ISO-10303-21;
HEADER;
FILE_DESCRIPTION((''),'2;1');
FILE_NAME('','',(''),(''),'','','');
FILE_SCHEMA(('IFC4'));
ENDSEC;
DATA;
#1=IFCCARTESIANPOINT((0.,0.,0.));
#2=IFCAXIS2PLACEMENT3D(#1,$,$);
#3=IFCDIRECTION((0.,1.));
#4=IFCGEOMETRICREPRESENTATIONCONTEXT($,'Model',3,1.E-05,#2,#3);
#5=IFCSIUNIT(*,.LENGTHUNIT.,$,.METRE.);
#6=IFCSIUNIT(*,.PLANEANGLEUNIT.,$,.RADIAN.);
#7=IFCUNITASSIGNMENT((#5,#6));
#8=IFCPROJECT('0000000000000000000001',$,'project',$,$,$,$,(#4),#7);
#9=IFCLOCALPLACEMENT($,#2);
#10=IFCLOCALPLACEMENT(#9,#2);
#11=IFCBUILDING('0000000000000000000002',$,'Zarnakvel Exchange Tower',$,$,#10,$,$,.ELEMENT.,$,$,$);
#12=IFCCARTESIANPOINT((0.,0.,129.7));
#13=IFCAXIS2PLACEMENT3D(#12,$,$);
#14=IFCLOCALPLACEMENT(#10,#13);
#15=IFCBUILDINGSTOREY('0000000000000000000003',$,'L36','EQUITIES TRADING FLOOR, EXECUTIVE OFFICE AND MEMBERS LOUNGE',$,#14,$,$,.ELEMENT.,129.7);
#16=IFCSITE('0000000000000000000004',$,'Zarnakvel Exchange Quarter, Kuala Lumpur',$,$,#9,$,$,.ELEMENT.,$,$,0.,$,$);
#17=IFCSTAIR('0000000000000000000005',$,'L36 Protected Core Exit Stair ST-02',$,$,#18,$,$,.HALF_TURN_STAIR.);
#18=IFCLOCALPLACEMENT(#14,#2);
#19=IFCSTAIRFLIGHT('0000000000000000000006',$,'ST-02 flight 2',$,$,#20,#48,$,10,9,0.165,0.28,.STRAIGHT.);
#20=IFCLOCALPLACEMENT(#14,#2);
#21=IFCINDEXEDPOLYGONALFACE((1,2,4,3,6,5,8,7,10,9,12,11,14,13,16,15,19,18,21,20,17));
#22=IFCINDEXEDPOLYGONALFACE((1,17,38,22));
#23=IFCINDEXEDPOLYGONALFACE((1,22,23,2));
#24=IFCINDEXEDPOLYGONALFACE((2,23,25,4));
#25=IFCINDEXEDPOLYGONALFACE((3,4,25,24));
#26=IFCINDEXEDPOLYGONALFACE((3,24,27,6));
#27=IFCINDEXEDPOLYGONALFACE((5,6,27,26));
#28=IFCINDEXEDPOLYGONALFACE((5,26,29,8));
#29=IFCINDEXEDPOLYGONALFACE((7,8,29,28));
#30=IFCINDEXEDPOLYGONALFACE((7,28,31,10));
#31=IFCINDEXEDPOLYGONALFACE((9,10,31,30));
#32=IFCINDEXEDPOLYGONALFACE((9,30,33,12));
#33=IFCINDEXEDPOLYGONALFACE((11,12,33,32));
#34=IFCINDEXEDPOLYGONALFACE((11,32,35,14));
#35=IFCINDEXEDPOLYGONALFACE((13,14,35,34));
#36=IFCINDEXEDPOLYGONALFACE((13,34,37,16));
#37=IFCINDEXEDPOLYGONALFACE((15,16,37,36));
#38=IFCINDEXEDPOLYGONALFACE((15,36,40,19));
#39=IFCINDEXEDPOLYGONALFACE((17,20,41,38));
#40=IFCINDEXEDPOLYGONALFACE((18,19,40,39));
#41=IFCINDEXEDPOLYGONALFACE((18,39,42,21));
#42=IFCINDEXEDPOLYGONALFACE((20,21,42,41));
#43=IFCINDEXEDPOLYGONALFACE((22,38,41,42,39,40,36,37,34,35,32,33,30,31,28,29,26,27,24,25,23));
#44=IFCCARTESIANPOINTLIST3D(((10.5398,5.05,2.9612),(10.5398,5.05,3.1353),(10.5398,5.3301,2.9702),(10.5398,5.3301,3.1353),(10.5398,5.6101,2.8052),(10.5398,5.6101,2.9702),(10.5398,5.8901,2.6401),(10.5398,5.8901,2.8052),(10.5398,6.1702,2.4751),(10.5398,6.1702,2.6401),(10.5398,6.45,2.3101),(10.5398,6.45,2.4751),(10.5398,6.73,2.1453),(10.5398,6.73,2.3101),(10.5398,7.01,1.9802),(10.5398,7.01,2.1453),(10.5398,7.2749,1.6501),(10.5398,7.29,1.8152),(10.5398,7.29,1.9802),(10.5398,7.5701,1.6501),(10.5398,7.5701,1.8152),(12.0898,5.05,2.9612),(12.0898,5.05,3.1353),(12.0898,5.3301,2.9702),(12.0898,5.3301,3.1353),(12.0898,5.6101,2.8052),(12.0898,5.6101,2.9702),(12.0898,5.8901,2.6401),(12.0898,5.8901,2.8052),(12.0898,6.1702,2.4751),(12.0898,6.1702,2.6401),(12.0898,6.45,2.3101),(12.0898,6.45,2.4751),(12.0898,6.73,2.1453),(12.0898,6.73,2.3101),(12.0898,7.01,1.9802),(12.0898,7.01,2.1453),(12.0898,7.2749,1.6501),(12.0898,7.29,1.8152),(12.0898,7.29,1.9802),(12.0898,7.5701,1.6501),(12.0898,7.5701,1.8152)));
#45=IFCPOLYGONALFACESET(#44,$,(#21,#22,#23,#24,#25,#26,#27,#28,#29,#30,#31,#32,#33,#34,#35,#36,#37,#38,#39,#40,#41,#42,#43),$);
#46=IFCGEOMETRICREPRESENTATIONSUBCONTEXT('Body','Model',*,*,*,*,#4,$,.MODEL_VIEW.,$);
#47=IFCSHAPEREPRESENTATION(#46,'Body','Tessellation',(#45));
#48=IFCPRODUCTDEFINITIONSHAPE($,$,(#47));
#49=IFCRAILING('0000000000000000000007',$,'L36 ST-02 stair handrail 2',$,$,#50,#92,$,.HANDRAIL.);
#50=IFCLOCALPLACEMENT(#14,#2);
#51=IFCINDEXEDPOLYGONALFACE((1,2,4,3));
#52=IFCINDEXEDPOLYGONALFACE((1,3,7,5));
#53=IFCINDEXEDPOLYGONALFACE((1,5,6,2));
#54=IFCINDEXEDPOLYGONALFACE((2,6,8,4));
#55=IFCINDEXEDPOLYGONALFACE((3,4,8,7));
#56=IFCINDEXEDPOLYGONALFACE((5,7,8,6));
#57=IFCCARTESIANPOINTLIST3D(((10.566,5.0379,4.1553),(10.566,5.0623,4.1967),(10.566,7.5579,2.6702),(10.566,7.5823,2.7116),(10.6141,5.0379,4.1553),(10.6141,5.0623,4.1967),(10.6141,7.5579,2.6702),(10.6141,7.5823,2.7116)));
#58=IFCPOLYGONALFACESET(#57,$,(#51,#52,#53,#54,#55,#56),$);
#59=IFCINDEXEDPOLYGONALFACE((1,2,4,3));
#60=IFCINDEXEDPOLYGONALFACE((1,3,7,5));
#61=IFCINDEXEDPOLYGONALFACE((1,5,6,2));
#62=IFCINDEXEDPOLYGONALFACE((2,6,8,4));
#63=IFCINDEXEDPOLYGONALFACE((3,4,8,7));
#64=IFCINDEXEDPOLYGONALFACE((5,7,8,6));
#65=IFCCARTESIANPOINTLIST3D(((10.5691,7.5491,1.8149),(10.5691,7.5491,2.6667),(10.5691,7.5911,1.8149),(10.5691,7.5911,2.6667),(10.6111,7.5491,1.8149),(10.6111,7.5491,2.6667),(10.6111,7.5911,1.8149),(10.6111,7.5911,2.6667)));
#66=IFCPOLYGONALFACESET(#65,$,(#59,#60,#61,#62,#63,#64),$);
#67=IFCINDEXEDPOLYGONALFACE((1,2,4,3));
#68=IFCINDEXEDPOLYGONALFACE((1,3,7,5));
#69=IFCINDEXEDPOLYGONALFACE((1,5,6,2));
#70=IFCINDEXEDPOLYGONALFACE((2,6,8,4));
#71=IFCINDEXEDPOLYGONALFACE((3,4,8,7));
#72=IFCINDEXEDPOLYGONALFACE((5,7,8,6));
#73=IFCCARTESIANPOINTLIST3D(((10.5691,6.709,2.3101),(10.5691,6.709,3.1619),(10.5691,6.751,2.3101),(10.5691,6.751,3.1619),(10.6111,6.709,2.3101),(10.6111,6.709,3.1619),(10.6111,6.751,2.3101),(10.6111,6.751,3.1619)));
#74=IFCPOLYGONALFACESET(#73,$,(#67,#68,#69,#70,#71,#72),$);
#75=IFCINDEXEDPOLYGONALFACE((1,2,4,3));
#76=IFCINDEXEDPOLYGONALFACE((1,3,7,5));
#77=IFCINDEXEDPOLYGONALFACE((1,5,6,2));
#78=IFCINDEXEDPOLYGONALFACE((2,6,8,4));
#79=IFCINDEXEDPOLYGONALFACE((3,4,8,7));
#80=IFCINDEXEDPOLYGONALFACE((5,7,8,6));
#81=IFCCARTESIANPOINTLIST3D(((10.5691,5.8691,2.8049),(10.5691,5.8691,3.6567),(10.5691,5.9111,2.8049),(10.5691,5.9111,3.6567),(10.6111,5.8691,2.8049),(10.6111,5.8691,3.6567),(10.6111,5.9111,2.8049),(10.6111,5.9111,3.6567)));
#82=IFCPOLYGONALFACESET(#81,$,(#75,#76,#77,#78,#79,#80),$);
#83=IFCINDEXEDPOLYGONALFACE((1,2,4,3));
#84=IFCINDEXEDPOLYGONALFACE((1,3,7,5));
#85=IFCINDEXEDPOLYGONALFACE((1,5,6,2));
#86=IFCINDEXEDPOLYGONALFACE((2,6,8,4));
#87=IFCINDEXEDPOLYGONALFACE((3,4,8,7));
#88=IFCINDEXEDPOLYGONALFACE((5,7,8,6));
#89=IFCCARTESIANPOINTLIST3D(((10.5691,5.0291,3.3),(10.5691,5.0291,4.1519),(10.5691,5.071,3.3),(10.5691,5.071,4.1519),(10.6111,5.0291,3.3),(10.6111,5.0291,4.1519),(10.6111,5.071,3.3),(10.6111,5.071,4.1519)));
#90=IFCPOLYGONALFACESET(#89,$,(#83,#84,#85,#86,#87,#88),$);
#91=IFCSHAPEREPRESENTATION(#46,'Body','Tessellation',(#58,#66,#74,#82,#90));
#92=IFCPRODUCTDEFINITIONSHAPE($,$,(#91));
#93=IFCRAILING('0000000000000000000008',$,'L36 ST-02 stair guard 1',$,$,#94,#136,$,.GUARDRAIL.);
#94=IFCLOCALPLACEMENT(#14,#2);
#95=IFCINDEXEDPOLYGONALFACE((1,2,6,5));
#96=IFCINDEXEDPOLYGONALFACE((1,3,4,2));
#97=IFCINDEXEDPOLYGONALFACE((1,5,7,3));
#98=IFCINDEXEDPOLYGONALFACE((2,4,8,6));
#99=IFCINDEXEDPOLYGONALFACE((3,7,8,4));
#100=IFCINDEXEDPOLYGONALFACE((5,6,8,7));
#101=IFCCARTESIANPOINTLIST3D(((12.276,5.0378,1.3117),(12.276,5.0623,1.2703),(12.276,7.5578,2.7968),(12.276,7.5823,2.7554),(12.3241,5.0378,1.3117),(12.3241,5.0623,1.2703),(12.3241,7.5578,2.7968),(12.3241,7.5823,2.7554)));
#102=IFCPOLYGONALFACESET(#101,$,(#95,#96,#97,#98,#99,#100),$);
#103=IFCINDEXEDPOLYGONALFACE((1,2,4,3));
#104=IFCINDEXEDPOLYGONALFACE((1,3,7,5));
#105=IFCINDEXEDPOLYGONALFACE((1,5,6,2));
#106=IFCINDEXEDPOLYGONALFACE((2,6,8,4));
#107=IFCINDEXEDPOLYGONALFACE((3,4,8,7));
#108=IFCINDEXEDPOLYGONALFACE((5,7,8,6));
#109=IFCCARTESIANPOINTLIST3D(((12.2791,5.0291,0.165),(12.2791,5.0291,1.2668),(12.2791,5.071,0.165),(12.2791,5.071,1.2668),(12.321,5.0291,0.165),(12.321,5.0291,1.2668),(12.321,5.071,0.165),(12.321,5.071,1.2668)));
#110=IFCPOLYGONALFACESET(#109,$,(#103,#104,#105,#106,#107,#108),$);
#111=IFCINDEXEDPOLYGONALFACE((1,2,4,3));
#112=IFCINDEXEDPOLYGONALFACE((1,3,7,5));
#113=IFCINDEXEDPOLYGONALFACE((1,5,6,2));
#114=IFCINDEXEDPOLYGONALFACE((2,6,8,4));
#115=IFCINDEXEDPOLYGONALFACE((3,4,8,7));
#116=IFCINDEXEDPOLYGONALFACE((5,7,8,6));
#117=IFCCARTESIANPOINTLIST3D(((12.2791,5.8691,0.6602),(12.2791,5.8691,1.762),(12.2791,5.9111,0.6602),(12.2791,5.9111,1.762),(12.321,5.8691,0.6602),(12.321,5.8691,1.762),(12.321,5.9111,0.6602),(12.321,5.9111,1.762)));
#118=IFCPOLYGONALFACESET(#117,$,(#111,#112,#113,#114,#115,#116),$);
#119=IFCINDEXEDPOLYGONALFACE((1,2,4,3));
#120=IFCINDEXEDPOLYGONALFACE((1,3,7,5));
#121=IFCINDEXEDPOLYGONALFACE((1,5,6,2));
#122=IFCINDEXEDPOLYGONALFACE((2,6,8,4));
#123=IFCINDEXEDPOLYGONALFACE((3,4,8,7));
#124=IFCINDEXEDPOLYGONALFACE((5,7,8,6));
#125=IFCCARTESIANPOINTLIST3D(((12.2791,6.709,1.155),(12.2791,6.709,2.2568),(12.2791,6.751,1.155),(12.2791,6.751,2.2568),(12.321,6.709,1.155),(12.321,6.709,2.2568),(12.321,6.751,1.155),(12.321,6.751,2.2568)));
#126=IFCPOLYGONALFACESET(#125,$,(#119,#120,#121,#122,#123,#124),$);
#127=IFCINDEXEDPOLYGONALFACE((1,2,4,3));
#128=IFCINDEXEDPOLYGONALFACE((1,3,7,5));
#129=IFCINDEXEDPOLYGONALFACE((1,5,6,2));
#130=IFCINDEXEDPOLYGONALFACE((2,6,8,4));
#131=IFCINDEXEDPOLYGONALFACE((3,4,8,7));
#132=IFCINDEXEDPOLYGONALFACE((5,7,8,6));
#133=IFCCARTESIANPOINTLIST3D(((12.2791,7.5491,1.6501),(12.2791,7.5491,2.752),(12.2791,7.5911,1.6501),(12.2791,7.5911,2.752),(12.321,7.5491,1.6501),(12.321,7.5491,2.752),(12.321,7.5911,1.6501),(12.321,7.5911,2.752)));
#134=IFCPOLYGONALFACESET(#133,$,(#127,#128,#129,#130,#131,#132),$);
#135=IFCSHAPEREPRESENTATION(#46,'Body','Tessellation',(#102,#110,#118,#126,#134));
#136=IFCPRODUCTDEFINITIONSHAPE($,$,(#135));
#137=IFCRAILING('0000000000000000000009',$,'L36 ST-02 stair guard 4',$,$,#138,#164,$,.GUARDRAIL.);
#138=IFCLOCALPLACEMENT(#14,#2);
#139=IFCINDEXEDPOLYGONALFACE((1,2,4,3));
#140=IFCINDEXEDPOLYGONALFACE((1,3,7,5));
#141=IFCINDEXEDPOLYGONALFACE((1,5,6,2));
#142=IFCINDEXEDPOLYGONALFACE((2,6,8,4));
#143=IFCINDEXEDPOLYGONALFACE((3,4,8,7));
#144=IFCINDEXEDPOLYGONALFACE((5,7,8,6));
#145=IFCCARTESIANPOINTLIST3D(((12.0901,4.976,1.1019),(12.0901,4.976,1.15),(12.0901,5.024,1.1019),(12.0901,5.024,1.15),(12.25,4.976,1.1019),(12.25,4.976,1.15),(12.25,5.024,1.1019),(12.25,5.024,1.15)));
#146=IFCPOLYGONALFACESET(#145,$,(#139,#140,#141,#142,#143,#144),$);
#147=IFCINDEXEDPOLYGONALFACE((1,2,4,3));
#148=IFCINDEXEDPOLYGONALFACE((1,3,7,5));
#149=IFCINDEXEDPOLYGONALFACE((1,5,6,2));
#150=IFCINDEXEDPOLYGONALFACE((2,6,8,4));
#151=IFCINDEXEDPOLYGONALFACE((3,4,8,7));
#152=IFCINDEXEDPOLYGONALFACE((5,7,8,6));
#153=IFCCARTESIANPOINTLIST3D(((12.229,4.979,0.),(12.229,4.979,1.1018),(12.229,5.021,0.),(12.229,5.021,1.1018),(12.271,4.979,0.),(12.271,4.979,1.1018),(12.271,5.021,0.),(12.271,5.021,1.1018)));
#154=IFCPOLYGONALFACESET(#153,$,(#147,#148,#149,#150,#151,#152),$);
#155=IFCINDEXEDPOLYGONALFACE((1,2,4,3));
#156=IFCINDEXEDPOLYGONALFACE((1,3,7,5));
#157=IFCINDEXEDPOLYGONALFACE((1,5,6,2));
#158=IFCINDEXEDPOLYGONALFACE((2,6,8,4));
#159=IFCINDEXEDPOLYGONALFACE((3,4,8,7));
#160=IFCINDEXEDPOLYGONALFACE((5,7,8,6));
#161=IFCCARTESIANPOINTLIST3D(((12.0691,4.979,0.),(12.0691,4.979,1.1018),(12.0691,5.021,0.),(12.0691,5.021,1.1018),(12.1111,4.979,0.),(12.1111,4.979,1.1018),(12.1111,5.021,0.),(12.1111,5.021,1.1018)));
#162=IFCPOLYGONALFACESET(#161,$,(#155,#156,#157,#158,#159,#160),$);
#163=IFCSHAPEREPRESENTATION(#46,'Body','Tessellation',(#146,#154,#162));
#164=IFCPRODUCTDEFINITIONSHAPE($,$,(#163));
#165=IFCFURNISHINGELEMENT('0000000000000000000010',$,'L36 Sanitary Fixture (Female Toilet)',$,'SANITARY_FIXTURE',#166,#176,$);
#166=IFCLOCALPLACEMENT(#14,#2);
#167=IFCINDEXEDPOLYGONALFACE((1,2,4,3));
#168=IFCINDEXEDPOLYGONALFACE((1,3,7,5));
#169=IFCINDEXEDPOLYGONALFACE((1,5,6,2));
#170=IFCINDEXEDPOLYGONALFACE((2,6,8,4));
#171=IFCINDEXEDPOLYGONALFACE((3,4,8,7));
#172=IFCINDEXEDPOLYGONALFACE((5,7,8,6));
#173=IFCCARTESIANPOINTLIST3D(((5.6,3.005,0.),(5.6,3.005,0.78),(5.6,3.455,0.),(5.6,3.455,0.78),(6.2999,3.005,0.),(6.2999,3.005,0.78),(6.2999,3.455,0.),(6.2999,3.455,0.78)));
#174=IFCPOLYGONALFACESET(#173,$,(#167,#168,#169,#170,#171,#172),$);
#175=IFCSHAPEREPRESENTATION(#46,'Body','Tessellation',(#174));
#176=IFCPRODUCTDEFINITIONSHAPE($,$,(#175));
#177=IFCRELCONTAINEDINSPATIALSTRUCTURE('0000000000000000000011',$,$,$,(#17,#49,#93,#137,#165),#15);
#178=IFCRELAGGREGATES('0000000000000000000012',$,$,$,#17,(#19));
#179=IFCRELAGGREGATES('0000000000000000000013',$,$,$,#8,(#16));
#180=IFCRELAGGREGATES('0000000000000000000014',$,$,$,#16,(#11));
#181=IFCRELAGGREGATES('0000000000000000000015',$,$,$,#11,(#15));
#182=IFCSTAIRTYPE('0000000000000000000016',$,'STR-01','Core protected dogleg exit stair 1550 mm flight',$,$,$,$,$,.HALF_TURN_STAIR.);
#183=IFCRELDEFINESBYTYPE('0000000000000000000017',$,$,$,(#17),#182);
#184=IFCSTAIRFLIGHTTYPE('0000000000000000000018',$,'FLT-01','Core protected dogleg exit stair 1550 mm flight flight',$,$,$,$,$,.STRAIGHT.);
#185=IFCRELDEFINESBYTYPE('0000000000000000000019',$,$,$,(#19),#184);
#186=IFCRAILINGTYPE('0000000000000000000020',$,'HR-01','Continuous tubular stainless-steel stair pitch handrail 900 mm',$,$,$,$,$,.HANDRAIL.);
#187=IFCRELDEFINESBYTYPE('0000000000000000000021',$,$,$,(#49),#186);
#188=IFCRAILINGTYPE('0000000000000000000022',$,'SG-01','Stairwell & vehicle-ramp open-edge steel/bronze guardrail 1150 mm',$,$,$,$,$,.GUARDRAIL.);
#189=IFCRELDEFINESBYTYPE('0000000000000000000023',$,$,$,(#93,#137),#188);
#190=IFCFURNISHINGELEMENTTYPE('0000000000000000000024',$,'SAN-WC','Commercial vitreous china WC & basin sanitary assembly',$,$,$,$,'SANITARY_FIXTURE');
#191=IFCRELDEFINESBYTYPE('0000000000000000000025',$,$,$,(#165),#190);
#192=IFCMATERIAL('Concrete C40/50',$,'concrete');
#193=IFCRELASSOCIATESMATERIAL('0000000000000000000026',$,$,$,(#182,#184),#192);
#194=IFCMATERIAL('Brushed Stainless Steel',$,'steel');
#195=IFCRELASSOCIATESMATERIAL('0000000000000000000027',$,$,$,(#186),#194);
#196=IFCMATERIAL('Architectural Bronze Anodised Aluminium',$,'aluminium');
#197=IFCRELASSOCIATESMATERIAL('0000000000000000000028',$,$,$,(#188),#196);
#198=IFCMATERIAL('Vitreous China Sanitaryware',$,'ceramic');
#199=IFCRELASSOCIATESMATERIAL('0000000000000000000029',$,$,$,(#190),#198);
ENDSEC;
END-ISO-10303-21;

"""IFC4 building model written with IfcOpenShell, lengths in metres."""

from ifc_helpers import new_model, si_unit, direction, frame, origin, origin_2d, place, context, subcontext, project, spatial, polyline, rectangle, outline, extrude, source, transform, mapped, material, type_object, element, aggregate, save


model = new_model("IFC4")

# Units and contexts
model_context = context("Model", 3, precision=1e-05, world=origin(), true_north=direction((0.0, 1.0)))
body_context = subcontext(model_context, "Body", "Model", "MODEL_VIEW")
ifc_project = project(units=[si_unit("LENGTHUNIT", "METRE"), si_unit("PLANEANGLEUNIT", "RADIAN")], contexts=[model_context])

# Site, building, storey
site_placement = place(None, origin())
site = spatial("IfcSite", under=ifc_project, at=site_placement, Name="Zarnakvel Exchange Quarter, Kuala Lumpur", CompositionType="ELEMENT", RefElevation=0.0)
building_placement = place(site_placement, origin())
building = spatial("IfcBuilding", under=site, at=building_placement, Name="Zarnakvel Exchange Tower", CompositionType="ELEMENT")
storey_placement = place(building_placement, frame((0.0, 0.0, 129.7)))
storey = spatial("IfcBuildingStorey", under=building, at=storey_placement, Name="L36", Description="EQUITIES TRADING FLOOR, EXECUTIVE OFFICE AND MEMBERS LOUNGE", CompositionType="ELEMENT", Elevation=129.7)

# Shared definitions
ifc_material_1 = material(Name="Concrete C40/50", Category="concrete")
ifc_material_2 = material(Name="Brushed Stainless Steel", Category="steel")

# Shared definitions
ifc_material_3 = material(Name="Architectural Bronze Anodised Aluminium", Category="aluminium")

# Stair, stair flight
stair_type = type_object("IfcStairType", Name="STR-01", Description="Core protected dogleg exit stair 1550 mm flight", PredefinedType="HALF_TURN_STAIR", material=ifc_material_1)
stair_placement = place(storey_placement, origin())
stair = element("IfcStair", 1, at=stair_placement, inside=storey, type_object=stair_type, Name="L36 Protected Core Exit Stair ST-02", PredefinedType="HALF_TURN_STAIR")
stair_flight_type = type_object("IfcStairFlightType", Name="FLT-01", Description="Core protected dogleg exit stair 1550 mm flight flight", PredefinedType="STRAIGHT", material=ifc_material_1)
stair_flight_placement = place(storey_placement, frame((11.3149, 7.5701, 1.6501), z_axis=(0.0, 0.0, 1.0), x_axis=(0.0, -1.0, 0.0)))
stair_flight = element("IfcStairFlight", 2, at=stair_flight_placement, type_object=stair_flight_type, Name="ST-02 flight 2", NumberOfRisers=10, NumberOfTreads=9, PredefinedType="STRAIGHT", RiserHeight=0.165, TreadLength=0.28, context=body_context, shape_type="SweptSolid", body=[
    extrude(outline(polyline([(0.0, 0.0), (0.0, 0.165), (0.28, 0.165), (0.28, 0.3301), (0.5601, 0.3301), (0.5601, 0.4951), (0.8401, 0.4951), (0.8401, 0.6599), (1.1201, 0.6599), (1.1201, 0.825), (1.3999, 0.825), (1.3999, 0.99), (1.6799, 0.99), (1.6799, 1.155), (1.96, 1.155), (1.96, 1.3201), (2.24, 1.3201), (2.24, 1.4851), (2.52, 1.4851), (2.52, 1.6499), (2.52, 1.311), (0.2952, 0.0), (0.0, 0.0)])), frame((0.0, 0.7749, 0.0), z_axis=(0.0, -1.0, 0.0), x_axis=(1.0, 0.0, 0.0)), (0.0, 0.0, 1.0), 1.55),
])
aggregate(stair, [stair_flight])

# Railings
railing_type_1 = type_object("IfcRailingType", Name="HR-01", Description="Continuous tubular stainless-steel stair pitch handrail 900 mm", PredefinedType="HANDRAIL", material=ifc_material_2)
railing_1_placement = place(storey_placement, frame((10.5901, 7.5701, 1.8149)))
element("IfcRailing", 3, at=railing_1_placement, inside=storey, type_object=railing_type_1, Name="L36 ST-02 stair handrail 2", PredefinedType="HANDRAIL", context=body_context, shape_type="SweptSolid", body=[
    extrude(rectangle(XDim=0.0481, YDim=0.0481, at=origin_2d()), frame((0.0, 0.0, 0.876), z_axis=(0.0, -0.861524, 0.507717), x_axis=(1.0, 0.0, 0.0)), (0.0, 0.0, 1.0), 2.925),
    extrude(rectangle(XDim=0.042, YDim=0.042, at=origin_2d()), origin(), (0.0, 0.0, 1.0), 0.8518),
    extrude(rectangle(XDim=0.042, YDim=0.042, at=origin_2d()), frame((0.0, -0.8401, 0.4951)), (0.0, 0.0, 1.0), 0.8518),
    extrude(rectangle(XDim=0.042, YDim=0.042, at=origin_2d()), frame((0.0, -1.6799, 0.99)), (0.0, 0.0, 1.0), 0.8518),
    extrude(rectangle(XDim=0.042, YDim=0.042, at=origin_2d()), frame((0.0, -2.52, 1.4851)), (0.0, 0.0, 1.0), 0.8518),
])
railing_type_2 = type_object("IfcRailingType", Name="SG-01", Description="Stairwell & vehicle-ramp open-edge steel/bronze guardrail 1150 mm", PredefinedType="GUARDRAIL", material=ifc_material_3)
railing_2_placement = place(storey_placement, frame((12.3, 5.05, 0.165)))
element("IfcRailing", 4, at=railing_2_placement, inside=storey, type_object=railing_type_2, Name="L36 ST-02 stair guard 1", PredefinedType="GUARDRAIL", context=body_context, shape_type="SweptSolid", body=[
    extrude(rectangle(XDim=0.0481, YDim=0.0481, at=origin_2d()), frame((0.0, 0.0, 1.126), z_axis=(0.0, 0.861524, 0.507717), x_axis=(-1.0, 0.0, 0.0)), (0.0, 0.0, 1.0), 2.925),
    extrude(rectangle(XDim=0.042, YDim=0.042, at=origin_2d()), origin(), (0.0, 0.0, 1.0), 1.1018),
    extrude(rectangle(XDim=0.042, YDim=0.042, at=origin_2d()), frame((0.0, 0.8401, 0.4951)), (0.0, 0.0, 1.0), 1.1018),
    extrude(rectangle(XDim=0.042, YDim=0.042, at=origin_2d()), frame((0.0, 1.6799, 0.99)), (0.0, 0.0, 1.0), 1.1018),
    extrude(rectangle(XDim=0.042, YDim=0.042, at=origin_2d()), frame((0.0, 2.52, 1.4851)), (0.0, 0.0, 1.0), 1.1018),
])
railing_3_placement = place(storey_placement, frame((12.25, 5.0, 0.0)))
element("IfcRailing", 5, at=railing_3_placement, inside=storey, type_object=railing_type_2, Name="L36 ST-02 stair guard 4", PredefinedType="GUARDRAIL", context=body_context, shape_type="SweptSolid", body=[
    extrude(rectangle(XDim=0.0481, YDim=0.0481, at=origin_2d()), frame((0.0, 0.0, 1.126), z_axis=(-1.0, 0.0, 0.0), x_axis=(0.0, -1.0, 0.0)), (0.0, 0.0, 1.0), 0.1599),
    extrude(rectangle(XDim=0.042, YDim=0.042, at=origin_2d()), origin(), (0.0, 0.0, 1.0), 1.1018),
    extrude(rectangle(XDim=0.042, YDim=0.042, at=origin_2d()), frame((-0.1599, 0.0, 0.0)), (0.0, 0.0, 1.0), 1.1018),
])

# Furnishing element
ifc_material_4 = material(Name="Vitreous China Sanitaryware", Category="ceramic")
furnishing_element_type = type_object("IfcFurnishingElementType", Name="SAN-WC", Description="Commercial vitreous china WC & basin sanitary assembly", ElementType="SANITARY_FIXTURE", material=ifc_material_4)
shared_shape_1 = source(origin(), body_context, "Body", "SweptSolid", [
    extrude(rectangle(XDim=0.7, YDim=0.45, at=origin_2d()), origin(), (0.0, 0.0, 1.0), 0.78),
])
furnishing_placement = place(storey_placement, frame((5.95, 3.23, 0.0), z_axis=(0.0, 0.0, 1.0), x_axis=(1.0, 0.0, 0.0)))
element("IfcFurnishingElement", 6, at=furnishing_placement, inside=storey, type_object=furnishing_element_type, Name="L36 Sanitary Fixture (Female Toilet)", ObjectType="SANITARY_FIXTURE", context=body_context, shape_type="MappedRepresentation", body=[
    mapped(shared_shape_1, transform((0.0, 0.0, 0.0), x_axis=(1.0, 0.0, 0.0), y_axis=(0.0, 1.0, 0.0), z_axis=(0.0, 0.0, 1.0), scale=1.0)),
])

save(model, "model.ifc")
